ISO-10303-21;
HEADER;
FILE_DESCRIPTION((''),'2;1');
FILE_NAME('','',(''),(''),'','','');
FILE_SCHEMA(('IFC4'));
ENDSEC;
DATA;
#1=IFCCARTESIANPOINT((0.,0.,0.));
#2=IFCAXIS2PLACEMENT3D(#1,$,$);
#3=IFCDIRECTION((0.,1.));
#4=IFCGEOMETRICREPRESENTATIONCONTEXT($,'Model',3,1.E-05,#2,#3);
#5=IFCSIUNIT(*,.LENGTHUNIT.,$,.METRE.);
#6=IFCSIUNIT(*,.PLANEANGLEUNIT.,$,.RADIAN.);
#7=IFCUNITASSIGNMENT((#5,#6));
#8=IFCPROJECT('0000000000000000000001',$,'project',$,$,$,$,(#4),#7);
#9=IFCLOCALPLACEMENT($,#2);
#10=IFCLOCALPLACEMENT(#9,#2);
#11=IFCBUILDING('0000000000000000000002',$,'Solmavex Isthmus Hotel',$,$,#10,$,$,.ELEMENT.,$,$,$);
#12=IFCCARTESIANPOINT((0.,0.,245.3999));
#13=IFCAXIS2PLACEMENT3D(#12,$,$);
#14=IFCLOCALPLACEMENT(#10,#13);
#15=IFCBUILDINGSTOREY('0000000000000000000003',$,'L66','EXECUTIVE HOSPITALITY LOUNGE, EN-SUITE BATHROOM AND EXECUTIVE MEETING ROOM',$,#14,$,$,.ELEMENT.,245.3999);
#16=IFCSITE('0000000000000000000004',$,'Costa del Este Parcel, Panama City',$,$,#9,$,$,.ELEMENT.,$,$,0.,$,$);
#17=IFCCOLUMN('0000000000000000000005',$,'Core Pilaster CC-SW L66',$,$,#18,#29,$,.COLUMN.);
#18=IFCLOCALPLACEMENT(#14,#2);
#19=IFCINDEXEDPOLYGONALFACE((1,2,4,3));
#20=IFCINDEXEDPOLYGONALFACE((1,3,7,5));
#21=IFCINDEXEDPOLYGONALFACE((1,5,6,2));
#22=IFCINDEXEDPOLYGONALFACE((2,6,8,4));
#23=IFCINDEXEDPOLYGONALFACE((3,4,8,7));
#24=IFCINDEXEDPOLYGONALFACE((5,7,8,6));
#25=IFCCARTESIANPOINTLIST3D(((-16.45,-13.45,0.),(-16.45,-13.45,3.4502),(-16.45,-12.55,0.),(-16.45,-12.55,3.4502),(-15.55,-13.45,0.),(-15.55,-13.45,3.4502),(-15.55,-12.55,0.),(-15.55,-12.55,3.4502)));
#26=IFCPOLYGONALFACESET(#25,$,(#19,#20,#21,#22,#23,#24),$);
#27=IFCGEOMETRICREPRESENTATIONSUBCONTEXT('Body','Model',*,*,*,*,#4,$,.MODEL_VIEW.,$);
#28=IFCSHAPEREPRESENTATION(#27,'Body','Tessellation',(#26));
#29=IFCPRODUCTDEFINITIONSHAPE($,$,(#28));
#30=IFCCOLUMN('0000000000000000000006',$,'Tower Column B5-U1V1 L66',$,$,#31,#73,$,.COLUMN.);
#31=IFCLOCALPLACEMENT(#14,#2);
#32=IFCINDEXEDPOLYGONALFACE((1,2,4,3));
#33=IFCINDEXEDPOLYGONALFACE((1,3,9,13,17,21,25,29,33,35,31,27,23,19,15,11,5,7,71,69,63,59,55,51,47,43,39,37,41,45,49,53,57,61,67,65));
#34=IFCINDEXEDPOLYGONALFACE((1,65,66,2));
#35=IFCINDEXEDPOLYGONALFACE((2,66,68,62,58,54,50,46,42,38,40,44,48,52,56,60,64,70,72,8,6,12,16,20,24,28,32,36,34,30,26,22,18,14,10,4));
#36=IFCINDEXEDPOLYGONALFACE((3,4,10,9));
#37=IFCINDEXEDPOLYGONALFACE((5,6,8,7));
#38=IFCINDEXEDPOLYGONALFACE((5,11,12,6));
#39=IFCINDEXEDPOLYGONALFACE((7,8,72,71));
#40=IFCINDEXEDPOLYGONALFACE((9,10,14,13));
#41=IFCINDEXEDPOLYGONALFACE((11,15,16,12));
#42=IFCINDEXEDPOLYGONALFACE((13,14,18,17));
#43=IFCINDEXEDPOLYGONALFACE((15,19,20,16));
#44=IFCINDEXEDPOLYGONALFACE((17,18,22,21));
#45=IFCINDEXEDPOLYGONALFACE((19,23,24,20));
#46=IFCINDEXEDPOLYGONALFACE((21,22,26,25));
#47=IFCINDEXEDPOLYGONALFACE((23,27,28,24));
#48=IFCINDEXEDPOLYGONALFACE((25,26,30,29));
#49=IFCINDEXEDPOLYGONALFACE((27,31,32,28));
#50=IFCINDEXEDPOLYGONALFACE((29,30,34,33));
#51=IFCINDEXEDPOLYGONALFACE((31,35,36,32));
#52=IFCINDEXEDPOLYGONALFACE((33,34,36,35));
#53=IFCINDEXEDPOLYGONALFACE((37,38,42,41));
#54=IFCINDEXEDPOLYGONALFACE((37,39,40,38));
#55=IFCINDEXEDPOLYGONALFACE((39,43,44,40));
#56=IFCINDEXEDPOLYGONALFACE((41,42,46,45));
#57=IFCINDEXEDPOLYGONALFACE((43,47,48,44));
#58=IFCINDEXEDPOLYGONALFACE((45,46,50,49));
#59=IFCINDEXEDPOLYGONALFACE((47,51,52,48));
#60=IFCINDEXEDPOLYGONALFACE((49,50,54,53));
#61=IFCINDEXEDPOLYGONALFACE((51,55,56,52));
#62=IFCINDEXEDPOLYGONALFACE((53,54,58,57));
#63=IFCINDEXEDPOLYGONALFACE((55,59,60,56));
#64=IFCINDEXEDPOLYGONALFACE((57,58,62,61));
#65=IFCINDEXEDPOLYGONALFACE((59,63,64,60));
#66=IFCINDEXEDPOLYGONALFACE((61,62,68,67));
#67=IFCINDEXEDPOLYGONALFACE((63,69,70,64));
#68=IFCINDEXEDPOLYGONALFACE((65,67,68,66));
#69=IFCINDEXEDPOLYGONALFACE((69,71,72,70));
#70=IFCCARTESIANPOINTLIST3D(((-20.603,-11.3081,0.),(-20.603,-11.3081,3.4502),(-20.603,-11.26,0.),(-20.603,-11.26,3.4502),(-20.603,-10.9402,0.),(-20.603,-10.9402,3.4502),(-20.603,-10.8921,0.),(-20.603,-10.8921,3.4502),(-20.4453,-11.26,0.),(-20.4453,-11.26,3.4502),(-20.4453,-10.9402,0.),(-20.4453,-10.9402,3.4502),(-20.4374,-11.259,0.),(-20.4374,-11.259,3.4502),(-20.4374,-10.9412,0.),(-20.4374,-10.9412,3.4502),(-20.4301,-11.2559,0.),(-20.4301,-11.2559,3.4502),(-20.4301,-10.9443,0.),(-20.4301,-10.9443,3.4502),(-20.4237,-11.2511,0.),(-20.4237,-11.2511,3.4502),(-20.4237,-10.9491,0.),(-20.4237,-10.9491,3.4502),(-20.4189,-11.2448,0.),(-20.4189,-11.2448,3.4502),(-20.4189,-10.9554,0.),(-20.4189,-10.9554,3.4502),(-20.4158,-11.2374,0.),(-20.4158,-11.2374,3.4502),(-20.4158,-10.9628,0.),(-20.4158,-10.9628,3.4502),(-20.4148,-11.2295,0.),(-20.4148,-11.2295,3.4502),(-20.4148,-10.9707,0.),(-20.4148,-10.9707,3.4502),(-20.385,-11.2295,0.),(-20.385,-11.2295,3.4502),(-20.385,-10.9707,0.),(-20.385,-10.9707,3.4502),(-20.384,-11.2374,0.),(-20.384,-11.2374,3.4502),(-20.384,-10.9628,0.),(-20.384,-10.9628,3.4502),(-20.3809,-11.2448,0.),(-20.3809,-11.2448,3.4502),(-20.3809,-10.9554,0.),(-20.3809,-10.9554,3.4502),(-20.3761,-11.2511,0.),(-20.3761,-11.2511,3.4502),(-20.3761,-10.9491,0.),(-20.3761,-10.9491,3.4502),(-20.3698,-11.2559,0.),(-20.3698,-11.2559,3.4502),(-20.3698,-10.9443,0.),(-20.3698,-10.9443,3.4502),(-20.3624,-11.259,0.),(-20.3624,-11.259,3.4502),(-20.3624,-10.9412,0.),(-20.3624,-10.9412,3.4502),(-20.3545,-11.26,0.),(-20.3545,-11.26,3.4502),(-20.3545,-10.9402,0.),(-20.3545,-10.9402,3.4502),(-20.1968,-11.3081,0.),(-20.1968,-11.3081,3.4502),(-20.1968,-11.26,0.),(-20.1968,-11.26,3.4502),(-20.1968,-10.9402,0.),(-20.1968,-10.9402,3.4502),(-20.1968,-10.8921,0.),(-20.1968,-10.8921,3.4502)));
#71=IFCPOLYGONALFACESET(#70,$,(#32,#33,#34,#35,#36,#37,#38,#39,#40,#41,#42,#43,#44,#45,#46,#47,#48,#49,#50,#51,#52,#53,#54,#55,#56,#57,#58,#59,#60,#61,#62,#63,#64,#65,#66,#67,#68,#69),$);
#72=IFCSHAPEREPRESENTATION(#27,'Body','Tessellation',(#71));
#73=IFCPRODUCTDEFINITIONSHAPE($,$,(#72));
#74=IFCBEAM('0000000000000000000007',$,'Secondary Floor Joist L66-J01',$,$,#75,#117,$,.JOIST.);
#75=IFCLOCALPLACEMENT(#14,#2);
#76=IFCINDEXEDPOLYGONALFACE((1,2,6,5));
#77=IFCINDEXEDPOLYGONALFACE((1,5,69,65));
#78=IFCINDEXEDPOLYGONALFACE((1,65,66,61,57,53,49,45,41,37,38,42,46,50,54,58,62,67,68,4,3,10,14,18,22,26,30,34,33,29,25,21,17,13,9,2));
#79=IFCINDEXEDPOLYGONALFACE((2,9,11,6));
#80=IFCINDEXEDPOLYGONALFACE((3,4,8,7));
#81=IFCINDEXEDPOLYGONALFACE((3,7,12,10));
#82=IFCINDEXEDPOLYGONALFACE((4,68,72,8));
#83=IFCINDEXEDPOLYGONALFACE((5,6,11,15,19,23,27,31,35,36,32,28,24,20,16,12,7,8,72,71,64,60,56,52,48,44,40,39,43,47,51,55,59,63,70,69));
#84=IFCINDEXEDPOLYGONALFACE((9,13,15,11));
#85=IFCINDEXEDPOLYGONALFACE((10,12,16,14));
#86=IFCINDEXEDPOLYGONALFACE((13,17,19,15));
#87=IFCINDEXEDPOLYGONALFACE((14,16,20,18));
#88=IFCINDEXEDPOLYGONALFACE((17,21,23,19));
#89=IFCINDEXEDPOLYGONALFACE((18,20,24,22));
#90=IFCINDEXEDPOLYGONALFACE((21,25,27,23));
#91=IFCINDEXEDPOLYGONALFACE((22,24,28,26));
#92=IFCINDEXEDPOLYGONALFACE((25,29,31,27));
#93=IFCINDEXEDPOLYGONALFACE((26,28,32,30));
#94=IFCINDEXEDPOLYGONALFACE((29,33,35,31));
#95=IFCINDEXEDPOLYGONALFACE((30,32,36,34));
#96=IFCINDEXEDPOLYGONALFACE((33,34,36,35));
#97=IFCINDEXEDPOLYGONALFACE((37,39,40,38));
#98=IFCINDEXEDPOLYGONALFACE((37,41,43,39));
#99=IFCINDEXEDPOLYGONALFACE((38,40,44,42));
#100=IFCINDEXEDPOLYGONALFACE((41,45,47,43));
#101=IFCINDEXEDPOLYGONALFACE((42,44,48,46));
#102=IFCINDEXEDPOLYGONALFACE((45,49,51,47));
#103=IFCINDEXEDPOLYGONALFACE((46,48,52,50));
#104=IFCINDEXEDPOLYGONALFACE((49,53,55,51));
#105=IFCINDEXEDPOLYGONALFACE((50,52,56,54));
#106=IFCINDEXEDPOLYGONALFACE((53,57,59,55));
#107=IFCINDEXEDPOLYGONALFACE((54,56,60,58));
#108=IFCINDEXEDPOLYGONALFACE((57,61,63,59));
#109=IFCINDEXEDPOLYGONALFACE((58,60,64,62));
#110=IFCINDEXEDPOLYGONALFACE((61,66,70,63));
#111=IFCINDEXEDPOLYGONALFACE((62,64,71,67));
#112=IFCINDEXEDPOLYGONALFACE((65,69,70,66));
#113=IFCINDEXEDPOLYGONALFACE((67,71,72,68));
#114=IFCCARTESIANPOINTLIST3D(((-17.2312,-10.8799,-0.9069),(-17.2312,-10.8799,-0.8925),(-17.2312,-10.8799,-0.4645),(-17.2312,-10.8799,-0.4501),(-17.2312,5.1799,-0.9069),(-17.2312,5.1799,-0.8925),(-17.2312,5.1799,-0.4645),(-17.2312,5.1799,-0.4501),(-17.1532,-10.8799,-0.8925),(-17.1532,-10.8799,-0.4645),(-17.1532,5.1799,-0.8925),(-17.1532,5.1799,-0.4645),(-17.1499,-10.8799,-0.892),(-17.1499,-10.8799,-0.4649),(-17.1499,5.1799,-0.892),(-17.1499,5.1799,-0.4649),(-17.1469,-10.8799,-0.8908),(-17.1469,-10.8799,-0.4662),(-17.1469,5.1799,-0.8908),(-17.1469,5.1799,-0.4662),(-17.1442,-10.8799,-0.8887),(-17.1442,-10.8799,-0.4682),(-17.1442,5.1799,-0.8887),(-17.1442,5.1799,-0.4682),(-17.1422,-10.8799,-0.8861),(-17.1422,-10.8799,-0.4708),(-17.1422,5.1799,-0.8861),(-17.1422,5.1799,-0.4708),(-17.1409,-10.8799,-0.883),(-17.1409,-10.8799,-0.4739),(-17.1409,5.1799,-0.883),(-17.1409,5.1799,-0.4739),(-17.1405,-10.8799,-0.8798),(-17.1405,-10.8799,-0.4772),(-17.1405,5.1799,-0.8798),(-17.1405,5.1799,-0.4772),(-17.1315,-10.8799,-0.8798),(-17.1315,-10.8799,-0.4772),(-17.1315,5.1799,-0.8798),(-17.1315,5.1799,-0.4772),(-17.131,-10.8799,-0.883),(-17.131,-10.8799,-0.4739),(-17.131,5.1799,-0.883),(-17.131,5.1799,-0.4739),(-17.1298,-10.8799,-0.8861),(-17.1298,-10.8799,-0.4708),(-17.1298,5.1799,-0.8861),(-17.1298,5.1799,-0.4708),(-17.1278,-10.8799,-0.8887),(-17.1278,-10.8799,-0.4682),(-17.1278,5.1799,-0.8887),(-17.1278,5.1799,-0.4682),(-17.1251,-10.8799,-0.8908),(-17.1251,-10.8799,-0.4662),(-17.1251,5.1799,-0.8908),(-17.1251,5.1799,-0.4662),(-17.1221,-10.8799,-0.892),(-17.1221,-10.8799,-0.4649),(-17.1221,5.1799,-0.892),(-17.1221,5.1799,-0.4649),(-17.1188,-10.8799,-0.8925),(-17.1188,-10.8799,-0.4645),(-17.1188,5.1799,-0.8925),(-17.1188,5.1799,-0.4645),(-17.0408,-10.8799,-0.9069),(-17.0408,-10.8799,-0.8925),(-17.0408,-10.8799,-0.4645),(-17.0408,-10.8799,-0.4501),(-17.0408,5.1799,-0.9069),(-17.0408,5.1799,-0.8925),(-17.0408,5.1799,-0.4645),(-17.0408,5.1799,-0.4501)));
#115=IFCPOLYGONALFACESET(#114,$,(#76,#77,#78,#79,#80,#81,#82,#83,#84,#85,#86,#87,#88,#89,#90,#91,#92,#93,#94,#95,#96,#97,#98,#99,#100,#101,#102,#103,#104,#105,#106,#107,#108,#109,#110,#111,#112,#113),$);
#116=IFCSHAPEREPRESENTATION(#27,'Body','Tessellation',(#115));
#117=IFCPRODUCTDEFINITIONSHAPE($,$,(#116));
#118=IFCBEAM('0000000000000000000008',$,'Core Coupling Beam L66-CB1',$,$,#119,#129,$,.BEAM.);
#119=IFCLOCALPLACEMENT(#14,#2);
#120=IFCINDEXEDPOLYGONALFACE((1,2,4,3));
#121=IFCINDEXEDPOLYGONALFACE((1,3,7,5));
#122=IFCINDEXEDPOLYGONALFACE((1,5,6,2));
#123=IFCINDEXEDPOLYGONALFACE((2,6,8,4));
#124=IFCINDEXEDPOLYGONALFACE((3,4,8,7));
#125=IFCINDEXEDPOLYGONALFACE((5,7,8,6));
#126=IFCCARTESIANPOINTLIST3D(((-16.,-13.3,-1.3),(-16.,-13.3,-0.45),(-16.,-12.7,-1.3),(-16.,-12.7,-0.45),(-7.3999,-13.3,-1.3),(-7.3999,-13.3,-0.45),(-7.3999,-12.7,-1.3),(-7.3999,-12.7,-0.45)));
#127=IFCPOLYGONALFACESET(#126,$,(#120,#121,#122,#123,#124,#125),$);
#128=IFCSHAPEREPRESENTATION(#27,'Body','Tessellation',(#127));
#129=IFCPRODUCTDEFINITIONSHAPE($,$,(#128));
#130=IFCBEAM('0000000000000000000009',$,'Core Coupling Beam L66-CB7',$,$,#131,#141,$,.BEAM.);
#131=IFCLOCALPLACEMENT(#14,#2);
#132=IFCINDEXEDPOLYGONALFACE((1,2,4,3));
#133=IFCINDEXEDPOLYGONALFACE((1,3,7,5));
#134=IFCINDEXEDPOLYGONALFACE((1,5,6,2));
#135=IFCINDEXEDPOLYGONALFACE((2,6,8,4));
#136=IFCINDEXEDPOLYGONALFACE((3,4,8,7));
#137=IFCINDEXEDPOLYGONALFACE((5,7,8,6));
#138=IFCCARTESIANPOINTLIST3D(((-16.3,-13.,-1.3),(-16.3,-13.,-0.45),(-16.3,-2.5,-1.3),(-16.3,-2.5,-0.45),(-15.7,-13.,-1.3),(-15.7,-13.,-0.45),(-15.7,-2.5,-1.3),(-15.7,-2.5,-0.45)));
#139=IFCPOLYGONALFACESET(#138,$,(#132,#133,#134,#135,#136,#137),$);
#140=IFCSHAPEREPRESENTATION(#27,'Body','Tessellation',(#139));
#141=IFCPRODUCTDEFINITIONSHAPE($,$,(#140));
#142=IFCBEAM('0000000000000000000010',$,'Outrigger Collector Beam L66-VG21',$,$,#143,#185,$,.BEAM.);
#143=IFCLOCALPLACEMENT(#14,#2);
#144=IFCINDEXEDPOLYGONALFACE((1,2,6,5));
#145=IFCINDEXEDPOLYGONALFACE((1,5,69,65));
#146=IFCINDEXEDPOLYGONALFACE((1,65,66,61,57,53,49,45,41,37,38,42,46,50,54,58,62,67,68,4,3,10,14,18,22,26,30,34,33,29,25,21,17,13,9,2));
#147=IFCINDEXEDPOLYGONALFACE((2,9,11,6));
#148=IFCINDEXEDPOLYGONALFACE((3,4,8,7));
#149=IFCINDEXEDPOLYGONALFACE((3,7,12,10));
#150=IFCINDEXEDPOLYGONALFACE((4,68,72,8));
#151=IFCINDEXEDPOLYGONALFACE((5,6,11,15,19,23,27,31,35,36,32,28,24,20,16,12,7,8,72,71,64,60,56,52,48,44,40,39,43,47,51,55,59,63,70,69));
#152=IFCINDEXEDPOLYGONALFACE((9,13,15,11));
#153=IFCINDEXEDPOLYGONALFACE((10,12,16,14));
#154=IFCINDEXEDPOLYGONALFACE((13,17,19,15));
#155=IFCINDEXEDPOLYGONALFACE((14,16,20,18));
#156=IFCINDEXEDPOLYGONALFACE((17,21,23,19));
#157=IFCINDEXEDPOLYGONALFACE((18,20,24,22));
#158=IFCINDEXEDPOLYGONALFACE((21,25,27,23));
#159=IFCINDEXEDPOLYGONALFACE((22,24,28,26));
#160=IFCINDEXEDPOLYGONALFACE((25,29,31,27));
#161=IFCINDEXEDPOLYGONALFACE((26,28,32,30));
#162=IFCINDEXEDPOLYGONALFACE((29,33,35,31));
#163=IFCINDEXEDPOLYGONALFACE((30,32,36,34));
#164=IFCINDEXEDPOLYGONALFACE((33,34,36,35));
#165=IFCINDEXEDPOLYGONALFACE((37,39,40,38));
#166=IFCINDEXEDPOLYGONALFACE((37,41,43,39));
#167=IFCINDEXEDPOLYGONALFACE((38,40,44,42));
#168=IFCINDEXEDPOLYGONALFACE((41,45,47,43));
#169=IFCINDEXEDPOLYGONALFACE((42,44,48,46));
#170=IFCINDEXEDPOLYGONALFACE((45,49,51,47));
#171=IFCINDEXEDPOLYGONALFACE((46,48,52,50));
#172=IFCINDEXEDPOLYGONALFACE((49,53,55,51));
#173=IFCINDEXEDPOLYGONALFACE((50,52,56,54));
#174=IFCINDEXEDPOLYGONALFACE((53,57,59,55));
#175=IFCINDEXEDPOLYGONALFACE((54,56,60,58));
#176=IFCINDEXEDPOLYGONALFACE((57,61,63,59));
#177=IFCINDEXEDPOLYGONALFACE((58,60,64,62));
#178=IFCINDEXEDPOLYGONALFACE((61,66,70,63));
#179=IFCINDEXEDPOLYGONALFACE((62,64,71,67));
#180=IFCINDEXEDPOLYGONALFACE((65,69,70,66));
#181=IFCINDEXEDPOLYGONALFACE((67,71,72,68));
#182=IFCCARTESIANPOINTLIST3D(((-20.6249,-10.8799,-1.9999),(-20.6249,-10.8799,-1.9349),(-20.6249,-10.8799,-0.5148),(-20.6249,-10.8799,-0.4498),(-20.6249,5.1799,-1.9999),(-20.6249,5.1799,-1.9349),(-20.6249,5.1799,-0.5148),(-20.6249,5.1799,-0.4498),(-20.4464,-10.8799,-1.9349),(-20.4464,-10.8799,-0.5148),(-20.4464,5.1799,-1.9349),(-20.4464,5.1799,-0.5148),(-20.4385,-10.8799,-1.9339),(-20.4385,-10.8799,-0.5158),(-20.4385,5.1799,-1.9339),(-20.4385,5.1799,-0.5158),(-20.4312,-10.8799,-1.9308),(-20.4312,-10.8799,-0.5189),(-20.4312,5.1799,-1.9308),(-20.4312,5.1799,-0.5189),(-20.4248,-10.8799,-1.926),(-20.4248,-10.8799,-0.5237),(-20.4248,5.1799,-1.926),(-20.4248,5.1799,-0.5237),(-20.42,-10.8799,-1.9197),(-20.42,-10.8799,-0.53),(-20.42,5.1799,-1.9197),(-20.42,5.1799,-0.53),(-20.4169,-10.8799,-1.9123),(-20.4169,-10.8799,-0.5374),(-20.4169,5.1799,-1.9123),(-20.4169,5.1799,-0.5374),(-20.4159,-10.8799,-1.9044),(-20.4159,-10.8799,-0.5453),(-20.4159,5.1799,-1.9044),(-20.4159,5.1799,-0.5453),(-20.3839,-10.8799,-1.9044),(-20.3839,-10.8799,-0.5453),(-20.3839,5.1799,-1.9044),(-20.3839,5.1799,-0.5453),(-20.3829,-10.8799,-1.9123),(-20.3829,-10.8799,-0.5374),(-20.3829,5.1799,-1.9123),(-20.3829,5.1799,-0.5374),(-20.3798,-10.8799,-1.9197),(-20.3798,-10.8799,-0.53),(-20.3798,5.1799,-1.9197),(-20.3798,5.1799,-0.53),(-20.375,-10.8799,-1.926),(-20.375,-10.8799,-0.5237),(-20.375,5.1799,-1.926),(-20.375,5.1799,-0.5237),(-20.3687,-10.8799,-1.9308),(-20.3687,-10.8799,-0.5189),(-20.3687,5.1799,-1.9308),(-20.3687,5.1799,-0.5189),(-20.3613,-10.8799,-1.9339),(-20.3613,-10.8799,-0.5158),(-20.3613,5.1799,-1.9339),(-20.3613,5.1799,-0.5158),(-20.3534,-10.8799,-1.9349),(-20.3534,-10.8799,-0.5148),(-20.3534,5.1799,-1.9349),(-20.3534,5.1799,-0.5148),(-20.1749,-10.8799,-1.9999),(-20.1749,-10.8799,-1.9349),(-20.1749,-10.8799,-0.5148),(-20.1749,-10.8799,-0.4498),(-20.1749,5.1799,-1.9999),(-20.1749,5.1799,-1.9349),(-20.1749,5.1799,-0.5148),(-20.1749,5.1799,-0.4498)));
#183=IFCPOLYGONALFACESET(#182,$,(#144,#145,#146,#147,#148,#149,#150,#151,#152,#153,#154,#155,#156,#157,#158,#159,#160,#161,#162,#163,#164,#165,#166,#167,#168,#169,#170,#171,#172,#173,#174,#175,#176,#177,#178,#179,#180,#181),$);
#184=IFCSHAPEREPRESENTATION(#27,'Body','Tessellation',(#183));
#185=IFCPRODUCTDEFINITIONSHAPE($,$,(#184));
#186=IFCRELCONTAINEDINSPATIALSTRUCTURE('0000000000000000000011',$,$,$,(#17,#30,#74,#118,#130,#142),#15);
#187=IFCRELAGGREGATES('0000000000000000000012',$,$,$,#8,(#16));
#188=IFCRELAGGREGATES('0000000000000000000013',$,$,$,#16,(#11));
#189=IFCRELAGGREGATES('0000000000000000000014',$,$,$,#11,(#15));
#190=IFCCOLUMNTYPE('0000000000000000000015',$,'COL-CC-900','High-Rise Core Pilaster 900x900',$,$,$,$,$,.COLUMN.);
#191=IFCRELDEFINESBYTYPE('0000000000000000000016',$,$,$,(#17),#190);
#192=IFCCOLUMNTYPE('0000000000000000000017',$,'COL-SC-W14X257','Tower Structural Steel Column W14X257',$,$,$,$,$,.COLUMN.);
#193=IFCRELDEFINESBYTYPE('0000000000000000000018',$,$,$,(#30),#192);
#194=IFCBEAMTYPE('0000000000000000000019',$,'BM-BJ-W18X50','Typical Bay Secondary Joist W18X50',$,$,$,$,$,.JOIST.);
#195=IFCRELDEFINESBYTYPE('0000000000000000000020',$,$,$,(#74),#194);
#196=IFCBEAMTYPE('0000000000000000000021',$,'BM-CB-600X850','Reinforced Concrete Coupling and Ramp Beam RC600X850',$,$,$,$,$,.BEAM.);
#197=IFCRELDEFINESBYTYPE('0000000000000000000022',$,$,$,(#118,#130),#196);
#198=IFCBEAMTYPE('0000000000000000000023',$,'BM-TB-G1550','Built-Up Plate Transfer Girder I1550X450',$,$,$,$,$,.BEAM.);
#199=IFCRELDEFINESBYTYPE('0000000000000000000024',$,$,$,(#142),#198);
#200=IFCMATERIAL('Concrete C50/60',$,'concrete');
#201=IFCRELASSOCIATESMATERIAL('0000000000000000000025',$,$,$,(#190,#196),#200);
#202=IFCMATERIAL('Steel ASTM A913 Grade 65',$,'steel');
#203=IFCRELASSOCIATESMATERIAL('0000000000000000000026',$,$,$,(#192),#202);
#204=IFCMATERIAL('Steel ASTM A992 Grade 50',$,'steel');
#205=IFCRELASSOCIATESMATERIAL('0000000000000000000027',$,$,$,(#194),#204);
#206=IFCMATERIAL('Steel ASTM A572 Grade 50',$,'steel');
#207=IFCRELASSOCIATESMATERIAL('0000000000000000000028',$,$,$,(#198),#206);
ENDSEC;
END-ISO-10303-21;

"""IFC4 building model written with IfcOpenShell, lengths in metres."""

from ifc_helpers import new_model, si_unit, direction, frame, origin, origin_2d, place, context, subcontext, project, spatial, rectangle, i_section, extrude, material, material_profile, profile_set, type_object, element, save


model = new_model("IFC4")

# Units and contexts
model_context = context("Model", 3, precision=1e-05, world=origin(), true_north=direction((0.0, 1.0)))
body_context = subcontext(model_context, "Body", "Model", "MODEL_VIEW")
ifc_project = project(units=[si_unit("LENGTHUNIT", "METRE"), si_unit("PLANEANGLEUNIT", "RADIAN")], contexts=[model_context])

# Site, building, storey
site_placement = place(None, origin())
site = spatial("IfcSite", under=ifc_project, at=site_placement, Name="Costa del Este Parcel, Panama City", CompositionType="ELEMENT", RefElevation=0.0)
building_placement = place(site_placement, origin())
building = spatial("IfcBuilding", under=site, at=building_placement, Name="Solmavex Isthmus Hotel", CompositionType="ELEMENT")
storey_placement = place(building_placement, frame((0.0, 0.0, 245.3999)))
storey = spatial("IfcBuildingStorey", under=building, at=storey_placement, Name="L66", Description="EXECUTIVE HOSPITALITY LOUNGE, EN-SUITE BATHROOM AND EXECUTIVE MEETING ROOM", CompositionType="ELEMENT", Elevation=245.3999)

# Columns
ifc_material_1 = material(Name="Concrete C50/60", Category="concrete")
ifc_material_profile_1 = material_profile(ifc_material_1, rectangle(XDim=0.8999, YDim=0.8999, at=origin_2d()), Name="RC900X900")
ifc_profile_set_1 = profile_set([ifc_material_profile_1], Name="Concrete C50/60")
column_type_1 = type_object("IfcColumnType", Name="COL-CC-900", Description="High-Rise Core Pilaster 900x900", PredefinedType="COLUMN", material=ifc_profile_set_1)
column_1_placement = place(storey_placement, frame((-16.0, -13.0, 0.0), z_axis=(0.0, 0.0, 1.0), x_axis=(1.0, 0.0, 0.0)))
element("IfcColumn", 1, at=column_1_placement, inside=storey, type_object=column_type_1, Name="Core Pilaster CC-SW L66", PredefinedType="COLUMN", context=body_context, shape_type="SweptSolid", body=[
    extrude(rectangle(XDim=0.8999, YDim=0.8999, at=origin_2d()), origin(), (0.0, 0.0, 1.0), 3.4502),
])
ifc_material_2 = material(Name="Steel ASTM A913 Grade 65", Category="steel")
ifc_material_profile_2 = material_profile(ifc_material_2, i_section(OverallWidth=0.4062, OverallDepth=0.416, WebThickness=0.0298, FlangeThickness=0.0481, FilletRadius=0.0305, at=origin_2d()), Name="W14X257")
ifc_profile_set_2 = profile_set([ifc_material_profile_2], Name="Steel ASTM A913 Grade 65")
column_type_2 = type_object("IfcColumnType", Name="COL-SC-W14X257", Description="Tower Structural Steel Column W14X257", PredefinedType="COLUMN", material=ifc_profile_set_2)
column_2_placement = place(storey_placement, frame((-20.3999, -11.1001, 0.0), z_axis=(0.0, 0.0, 1.0), x_axis=(1.0, 0.0, 0.0)))
element("IfcColumn", 2, at=column_2_placement, inside=storey, type_object=column_type_2, Name="Tower Column B5-U1V1 L66", PredefinedType="COLUMN", context=body_context, shape_type="SweptSolid", body=[
    extrude(i_section(OverallWidth=0.4062, OverallDepth=0.416, WebThickness=0.0298, FlangeThickness=0.0481, FilletRadius=0.0305, at=origin_2d()), origin(), (0.0, 0.0, 1.0), 3.4502),
])

# Beams
ifc_material_3 = material(Name="Steel ASTM A992 Grade 50", Category="steel")
ifc_material_profile_3 = material_profile(ifc_material_3, i_section(OverallWidth=0.1904, OverallDepth=0.4568, WebThickness=0.009, FlangeThickness=0.0144, FilletRadius=0.0127, at=origin_2d()), Name="W18X50")
ifc_profile_set_3 = profile_set([ifc_material_profile_3], Name="Steel ASTM A992 Grade 50")
beam_type_1 = type_object("IfcBeamType", Name="BM-BJ-W18X50", Description="Typical Bay Secondary Joist W18X50", PredefinedType="JOIST", material=ifc_profile_set_3)
beam_1_placement = place(storey_placement, frame((-17.136, -10.8799, -0.6785), z_axis=(0.0, 1.0, 0.0), x_axis=(-1.0, 0.0, 0.0)))
element("IfcBeam", 3, at=beam_1_placement, inside=storey, type_object=beam_type_1, Name="Secondary Floor Joist L66-J01", PredefinedType="JOIST", context=body_context, shape_type="SweptSolid", body=[
    extrude(i_section(OverallWidth=0.1904, OverallDepth=0.4568, WebThickness=0.009, FlangeThickness=0.0144, FilletRadius=0.0127, at=origin_2d()), origin(), (0.0, 0.0, 1.0), 16.0598),
])
ifc_material_profile_4 = material_profile(ifc_material_1, rectangle(XDim=0.6001, YDim=0.8501, at=origin_2d()), Name="RC600X850")
ifc_profile_set_4 = profile_set([ifc_material_profile_4], Name="Concrete C50/60")
beam_type_2 = type_object("IfcBeamType", Name="BM-CB-600X850", Description="Reinforced Concrete Coupling and Ramp Beam RC600X850", PredefinedType="BEAM", material=ifc_profile_set_4)
beam_2_placement = place(storey_placement, frame((-16.0, -13.0, -0.875), z_axis=(1.0, 0.0, 0.0), x_axis=(0.0, 1.0, 0.0)))
element("IfcBeam", 4, at=beam_2_placement, inside=storey, type_object=beam_type_2, Name="Core Coupling Beam L66-CB1", PredefinedType="BEAM", context=body_context, shape_type="SweptSolid", body=[
    extrude(rectangle(XDim=0.6001, YDim=0.8501, at=origin_2d()), origin(), (0.0, 0.0, 1.0), 8.6001),
])
beam_3_placement = place(storey_placement, frame((-16.0, -13.0, -0.875), z_axis=(0.0, 1.0, 0.0), x_axis=(-1.0, 0.0, 0.0)))
element("IfcBeam", 5, at=beam_3_placement, inside=storey, type_object=beam_type_2, Name="Core Coupling Beam L66-CB7", PredefinedType="BEAM", context=body_context, shape_type="SweptSolid", body=[
    extrude(rectangle(XDim=0.6001, YDim=0.8501, at=origin_2d()), origin(), (0.0, 0.0, 1.0), 10.5),
])
ifc_material_4 = material(Name="Steel ASTM A572 Grade 50", Category="steel")
ifc_material_profile_5 = material_profile(ifc_material_4, i_section(OverallWidth=0.45, OverallDepth=1.55, WebThickness=0.032, FlangeThickness=0.0649, FilletRadius=0.0305, at=origin_2d()), Name="I1550X450")
ifc_profile_set_5 = profile_set([ifc_material_profile_5], Name="Steel ASTM A572 Grade 50")
beam_type_3 = type_object("IfcBeamType", Name="BM-TB-G1550", Description="Built-Up Plate Transfer Girder I1550X450", PredefinedType="BEAM", material=ifc_profile_set_5)
beam_4_placement = place(storey_placement, frame((-20.3999, -10.8799, -1.2249), z_axis=(0.0, 1.0, 0.0), x_axis=(-1.0, 0.0, 0.0)))
element("IfcBeam", 6, at=beam_4_placement, inside=storey, type_object=beam_type_3, Name="Outrigger Collector Beam L66-VG21", PredefinedType="BEAM", context=body_context, shape_type="SweptSolid", body=[
    extrude(i_section(OverallWidth=0.45, OverallDepth=1.55, WebThickness=0.032, FlangeThickness=0.0649, FilletRadius=0.0305, at=origin_2d()), origin(), (0.0, 0.0, 1.0), 16.0598),
])

save(model, "model.ifc")
